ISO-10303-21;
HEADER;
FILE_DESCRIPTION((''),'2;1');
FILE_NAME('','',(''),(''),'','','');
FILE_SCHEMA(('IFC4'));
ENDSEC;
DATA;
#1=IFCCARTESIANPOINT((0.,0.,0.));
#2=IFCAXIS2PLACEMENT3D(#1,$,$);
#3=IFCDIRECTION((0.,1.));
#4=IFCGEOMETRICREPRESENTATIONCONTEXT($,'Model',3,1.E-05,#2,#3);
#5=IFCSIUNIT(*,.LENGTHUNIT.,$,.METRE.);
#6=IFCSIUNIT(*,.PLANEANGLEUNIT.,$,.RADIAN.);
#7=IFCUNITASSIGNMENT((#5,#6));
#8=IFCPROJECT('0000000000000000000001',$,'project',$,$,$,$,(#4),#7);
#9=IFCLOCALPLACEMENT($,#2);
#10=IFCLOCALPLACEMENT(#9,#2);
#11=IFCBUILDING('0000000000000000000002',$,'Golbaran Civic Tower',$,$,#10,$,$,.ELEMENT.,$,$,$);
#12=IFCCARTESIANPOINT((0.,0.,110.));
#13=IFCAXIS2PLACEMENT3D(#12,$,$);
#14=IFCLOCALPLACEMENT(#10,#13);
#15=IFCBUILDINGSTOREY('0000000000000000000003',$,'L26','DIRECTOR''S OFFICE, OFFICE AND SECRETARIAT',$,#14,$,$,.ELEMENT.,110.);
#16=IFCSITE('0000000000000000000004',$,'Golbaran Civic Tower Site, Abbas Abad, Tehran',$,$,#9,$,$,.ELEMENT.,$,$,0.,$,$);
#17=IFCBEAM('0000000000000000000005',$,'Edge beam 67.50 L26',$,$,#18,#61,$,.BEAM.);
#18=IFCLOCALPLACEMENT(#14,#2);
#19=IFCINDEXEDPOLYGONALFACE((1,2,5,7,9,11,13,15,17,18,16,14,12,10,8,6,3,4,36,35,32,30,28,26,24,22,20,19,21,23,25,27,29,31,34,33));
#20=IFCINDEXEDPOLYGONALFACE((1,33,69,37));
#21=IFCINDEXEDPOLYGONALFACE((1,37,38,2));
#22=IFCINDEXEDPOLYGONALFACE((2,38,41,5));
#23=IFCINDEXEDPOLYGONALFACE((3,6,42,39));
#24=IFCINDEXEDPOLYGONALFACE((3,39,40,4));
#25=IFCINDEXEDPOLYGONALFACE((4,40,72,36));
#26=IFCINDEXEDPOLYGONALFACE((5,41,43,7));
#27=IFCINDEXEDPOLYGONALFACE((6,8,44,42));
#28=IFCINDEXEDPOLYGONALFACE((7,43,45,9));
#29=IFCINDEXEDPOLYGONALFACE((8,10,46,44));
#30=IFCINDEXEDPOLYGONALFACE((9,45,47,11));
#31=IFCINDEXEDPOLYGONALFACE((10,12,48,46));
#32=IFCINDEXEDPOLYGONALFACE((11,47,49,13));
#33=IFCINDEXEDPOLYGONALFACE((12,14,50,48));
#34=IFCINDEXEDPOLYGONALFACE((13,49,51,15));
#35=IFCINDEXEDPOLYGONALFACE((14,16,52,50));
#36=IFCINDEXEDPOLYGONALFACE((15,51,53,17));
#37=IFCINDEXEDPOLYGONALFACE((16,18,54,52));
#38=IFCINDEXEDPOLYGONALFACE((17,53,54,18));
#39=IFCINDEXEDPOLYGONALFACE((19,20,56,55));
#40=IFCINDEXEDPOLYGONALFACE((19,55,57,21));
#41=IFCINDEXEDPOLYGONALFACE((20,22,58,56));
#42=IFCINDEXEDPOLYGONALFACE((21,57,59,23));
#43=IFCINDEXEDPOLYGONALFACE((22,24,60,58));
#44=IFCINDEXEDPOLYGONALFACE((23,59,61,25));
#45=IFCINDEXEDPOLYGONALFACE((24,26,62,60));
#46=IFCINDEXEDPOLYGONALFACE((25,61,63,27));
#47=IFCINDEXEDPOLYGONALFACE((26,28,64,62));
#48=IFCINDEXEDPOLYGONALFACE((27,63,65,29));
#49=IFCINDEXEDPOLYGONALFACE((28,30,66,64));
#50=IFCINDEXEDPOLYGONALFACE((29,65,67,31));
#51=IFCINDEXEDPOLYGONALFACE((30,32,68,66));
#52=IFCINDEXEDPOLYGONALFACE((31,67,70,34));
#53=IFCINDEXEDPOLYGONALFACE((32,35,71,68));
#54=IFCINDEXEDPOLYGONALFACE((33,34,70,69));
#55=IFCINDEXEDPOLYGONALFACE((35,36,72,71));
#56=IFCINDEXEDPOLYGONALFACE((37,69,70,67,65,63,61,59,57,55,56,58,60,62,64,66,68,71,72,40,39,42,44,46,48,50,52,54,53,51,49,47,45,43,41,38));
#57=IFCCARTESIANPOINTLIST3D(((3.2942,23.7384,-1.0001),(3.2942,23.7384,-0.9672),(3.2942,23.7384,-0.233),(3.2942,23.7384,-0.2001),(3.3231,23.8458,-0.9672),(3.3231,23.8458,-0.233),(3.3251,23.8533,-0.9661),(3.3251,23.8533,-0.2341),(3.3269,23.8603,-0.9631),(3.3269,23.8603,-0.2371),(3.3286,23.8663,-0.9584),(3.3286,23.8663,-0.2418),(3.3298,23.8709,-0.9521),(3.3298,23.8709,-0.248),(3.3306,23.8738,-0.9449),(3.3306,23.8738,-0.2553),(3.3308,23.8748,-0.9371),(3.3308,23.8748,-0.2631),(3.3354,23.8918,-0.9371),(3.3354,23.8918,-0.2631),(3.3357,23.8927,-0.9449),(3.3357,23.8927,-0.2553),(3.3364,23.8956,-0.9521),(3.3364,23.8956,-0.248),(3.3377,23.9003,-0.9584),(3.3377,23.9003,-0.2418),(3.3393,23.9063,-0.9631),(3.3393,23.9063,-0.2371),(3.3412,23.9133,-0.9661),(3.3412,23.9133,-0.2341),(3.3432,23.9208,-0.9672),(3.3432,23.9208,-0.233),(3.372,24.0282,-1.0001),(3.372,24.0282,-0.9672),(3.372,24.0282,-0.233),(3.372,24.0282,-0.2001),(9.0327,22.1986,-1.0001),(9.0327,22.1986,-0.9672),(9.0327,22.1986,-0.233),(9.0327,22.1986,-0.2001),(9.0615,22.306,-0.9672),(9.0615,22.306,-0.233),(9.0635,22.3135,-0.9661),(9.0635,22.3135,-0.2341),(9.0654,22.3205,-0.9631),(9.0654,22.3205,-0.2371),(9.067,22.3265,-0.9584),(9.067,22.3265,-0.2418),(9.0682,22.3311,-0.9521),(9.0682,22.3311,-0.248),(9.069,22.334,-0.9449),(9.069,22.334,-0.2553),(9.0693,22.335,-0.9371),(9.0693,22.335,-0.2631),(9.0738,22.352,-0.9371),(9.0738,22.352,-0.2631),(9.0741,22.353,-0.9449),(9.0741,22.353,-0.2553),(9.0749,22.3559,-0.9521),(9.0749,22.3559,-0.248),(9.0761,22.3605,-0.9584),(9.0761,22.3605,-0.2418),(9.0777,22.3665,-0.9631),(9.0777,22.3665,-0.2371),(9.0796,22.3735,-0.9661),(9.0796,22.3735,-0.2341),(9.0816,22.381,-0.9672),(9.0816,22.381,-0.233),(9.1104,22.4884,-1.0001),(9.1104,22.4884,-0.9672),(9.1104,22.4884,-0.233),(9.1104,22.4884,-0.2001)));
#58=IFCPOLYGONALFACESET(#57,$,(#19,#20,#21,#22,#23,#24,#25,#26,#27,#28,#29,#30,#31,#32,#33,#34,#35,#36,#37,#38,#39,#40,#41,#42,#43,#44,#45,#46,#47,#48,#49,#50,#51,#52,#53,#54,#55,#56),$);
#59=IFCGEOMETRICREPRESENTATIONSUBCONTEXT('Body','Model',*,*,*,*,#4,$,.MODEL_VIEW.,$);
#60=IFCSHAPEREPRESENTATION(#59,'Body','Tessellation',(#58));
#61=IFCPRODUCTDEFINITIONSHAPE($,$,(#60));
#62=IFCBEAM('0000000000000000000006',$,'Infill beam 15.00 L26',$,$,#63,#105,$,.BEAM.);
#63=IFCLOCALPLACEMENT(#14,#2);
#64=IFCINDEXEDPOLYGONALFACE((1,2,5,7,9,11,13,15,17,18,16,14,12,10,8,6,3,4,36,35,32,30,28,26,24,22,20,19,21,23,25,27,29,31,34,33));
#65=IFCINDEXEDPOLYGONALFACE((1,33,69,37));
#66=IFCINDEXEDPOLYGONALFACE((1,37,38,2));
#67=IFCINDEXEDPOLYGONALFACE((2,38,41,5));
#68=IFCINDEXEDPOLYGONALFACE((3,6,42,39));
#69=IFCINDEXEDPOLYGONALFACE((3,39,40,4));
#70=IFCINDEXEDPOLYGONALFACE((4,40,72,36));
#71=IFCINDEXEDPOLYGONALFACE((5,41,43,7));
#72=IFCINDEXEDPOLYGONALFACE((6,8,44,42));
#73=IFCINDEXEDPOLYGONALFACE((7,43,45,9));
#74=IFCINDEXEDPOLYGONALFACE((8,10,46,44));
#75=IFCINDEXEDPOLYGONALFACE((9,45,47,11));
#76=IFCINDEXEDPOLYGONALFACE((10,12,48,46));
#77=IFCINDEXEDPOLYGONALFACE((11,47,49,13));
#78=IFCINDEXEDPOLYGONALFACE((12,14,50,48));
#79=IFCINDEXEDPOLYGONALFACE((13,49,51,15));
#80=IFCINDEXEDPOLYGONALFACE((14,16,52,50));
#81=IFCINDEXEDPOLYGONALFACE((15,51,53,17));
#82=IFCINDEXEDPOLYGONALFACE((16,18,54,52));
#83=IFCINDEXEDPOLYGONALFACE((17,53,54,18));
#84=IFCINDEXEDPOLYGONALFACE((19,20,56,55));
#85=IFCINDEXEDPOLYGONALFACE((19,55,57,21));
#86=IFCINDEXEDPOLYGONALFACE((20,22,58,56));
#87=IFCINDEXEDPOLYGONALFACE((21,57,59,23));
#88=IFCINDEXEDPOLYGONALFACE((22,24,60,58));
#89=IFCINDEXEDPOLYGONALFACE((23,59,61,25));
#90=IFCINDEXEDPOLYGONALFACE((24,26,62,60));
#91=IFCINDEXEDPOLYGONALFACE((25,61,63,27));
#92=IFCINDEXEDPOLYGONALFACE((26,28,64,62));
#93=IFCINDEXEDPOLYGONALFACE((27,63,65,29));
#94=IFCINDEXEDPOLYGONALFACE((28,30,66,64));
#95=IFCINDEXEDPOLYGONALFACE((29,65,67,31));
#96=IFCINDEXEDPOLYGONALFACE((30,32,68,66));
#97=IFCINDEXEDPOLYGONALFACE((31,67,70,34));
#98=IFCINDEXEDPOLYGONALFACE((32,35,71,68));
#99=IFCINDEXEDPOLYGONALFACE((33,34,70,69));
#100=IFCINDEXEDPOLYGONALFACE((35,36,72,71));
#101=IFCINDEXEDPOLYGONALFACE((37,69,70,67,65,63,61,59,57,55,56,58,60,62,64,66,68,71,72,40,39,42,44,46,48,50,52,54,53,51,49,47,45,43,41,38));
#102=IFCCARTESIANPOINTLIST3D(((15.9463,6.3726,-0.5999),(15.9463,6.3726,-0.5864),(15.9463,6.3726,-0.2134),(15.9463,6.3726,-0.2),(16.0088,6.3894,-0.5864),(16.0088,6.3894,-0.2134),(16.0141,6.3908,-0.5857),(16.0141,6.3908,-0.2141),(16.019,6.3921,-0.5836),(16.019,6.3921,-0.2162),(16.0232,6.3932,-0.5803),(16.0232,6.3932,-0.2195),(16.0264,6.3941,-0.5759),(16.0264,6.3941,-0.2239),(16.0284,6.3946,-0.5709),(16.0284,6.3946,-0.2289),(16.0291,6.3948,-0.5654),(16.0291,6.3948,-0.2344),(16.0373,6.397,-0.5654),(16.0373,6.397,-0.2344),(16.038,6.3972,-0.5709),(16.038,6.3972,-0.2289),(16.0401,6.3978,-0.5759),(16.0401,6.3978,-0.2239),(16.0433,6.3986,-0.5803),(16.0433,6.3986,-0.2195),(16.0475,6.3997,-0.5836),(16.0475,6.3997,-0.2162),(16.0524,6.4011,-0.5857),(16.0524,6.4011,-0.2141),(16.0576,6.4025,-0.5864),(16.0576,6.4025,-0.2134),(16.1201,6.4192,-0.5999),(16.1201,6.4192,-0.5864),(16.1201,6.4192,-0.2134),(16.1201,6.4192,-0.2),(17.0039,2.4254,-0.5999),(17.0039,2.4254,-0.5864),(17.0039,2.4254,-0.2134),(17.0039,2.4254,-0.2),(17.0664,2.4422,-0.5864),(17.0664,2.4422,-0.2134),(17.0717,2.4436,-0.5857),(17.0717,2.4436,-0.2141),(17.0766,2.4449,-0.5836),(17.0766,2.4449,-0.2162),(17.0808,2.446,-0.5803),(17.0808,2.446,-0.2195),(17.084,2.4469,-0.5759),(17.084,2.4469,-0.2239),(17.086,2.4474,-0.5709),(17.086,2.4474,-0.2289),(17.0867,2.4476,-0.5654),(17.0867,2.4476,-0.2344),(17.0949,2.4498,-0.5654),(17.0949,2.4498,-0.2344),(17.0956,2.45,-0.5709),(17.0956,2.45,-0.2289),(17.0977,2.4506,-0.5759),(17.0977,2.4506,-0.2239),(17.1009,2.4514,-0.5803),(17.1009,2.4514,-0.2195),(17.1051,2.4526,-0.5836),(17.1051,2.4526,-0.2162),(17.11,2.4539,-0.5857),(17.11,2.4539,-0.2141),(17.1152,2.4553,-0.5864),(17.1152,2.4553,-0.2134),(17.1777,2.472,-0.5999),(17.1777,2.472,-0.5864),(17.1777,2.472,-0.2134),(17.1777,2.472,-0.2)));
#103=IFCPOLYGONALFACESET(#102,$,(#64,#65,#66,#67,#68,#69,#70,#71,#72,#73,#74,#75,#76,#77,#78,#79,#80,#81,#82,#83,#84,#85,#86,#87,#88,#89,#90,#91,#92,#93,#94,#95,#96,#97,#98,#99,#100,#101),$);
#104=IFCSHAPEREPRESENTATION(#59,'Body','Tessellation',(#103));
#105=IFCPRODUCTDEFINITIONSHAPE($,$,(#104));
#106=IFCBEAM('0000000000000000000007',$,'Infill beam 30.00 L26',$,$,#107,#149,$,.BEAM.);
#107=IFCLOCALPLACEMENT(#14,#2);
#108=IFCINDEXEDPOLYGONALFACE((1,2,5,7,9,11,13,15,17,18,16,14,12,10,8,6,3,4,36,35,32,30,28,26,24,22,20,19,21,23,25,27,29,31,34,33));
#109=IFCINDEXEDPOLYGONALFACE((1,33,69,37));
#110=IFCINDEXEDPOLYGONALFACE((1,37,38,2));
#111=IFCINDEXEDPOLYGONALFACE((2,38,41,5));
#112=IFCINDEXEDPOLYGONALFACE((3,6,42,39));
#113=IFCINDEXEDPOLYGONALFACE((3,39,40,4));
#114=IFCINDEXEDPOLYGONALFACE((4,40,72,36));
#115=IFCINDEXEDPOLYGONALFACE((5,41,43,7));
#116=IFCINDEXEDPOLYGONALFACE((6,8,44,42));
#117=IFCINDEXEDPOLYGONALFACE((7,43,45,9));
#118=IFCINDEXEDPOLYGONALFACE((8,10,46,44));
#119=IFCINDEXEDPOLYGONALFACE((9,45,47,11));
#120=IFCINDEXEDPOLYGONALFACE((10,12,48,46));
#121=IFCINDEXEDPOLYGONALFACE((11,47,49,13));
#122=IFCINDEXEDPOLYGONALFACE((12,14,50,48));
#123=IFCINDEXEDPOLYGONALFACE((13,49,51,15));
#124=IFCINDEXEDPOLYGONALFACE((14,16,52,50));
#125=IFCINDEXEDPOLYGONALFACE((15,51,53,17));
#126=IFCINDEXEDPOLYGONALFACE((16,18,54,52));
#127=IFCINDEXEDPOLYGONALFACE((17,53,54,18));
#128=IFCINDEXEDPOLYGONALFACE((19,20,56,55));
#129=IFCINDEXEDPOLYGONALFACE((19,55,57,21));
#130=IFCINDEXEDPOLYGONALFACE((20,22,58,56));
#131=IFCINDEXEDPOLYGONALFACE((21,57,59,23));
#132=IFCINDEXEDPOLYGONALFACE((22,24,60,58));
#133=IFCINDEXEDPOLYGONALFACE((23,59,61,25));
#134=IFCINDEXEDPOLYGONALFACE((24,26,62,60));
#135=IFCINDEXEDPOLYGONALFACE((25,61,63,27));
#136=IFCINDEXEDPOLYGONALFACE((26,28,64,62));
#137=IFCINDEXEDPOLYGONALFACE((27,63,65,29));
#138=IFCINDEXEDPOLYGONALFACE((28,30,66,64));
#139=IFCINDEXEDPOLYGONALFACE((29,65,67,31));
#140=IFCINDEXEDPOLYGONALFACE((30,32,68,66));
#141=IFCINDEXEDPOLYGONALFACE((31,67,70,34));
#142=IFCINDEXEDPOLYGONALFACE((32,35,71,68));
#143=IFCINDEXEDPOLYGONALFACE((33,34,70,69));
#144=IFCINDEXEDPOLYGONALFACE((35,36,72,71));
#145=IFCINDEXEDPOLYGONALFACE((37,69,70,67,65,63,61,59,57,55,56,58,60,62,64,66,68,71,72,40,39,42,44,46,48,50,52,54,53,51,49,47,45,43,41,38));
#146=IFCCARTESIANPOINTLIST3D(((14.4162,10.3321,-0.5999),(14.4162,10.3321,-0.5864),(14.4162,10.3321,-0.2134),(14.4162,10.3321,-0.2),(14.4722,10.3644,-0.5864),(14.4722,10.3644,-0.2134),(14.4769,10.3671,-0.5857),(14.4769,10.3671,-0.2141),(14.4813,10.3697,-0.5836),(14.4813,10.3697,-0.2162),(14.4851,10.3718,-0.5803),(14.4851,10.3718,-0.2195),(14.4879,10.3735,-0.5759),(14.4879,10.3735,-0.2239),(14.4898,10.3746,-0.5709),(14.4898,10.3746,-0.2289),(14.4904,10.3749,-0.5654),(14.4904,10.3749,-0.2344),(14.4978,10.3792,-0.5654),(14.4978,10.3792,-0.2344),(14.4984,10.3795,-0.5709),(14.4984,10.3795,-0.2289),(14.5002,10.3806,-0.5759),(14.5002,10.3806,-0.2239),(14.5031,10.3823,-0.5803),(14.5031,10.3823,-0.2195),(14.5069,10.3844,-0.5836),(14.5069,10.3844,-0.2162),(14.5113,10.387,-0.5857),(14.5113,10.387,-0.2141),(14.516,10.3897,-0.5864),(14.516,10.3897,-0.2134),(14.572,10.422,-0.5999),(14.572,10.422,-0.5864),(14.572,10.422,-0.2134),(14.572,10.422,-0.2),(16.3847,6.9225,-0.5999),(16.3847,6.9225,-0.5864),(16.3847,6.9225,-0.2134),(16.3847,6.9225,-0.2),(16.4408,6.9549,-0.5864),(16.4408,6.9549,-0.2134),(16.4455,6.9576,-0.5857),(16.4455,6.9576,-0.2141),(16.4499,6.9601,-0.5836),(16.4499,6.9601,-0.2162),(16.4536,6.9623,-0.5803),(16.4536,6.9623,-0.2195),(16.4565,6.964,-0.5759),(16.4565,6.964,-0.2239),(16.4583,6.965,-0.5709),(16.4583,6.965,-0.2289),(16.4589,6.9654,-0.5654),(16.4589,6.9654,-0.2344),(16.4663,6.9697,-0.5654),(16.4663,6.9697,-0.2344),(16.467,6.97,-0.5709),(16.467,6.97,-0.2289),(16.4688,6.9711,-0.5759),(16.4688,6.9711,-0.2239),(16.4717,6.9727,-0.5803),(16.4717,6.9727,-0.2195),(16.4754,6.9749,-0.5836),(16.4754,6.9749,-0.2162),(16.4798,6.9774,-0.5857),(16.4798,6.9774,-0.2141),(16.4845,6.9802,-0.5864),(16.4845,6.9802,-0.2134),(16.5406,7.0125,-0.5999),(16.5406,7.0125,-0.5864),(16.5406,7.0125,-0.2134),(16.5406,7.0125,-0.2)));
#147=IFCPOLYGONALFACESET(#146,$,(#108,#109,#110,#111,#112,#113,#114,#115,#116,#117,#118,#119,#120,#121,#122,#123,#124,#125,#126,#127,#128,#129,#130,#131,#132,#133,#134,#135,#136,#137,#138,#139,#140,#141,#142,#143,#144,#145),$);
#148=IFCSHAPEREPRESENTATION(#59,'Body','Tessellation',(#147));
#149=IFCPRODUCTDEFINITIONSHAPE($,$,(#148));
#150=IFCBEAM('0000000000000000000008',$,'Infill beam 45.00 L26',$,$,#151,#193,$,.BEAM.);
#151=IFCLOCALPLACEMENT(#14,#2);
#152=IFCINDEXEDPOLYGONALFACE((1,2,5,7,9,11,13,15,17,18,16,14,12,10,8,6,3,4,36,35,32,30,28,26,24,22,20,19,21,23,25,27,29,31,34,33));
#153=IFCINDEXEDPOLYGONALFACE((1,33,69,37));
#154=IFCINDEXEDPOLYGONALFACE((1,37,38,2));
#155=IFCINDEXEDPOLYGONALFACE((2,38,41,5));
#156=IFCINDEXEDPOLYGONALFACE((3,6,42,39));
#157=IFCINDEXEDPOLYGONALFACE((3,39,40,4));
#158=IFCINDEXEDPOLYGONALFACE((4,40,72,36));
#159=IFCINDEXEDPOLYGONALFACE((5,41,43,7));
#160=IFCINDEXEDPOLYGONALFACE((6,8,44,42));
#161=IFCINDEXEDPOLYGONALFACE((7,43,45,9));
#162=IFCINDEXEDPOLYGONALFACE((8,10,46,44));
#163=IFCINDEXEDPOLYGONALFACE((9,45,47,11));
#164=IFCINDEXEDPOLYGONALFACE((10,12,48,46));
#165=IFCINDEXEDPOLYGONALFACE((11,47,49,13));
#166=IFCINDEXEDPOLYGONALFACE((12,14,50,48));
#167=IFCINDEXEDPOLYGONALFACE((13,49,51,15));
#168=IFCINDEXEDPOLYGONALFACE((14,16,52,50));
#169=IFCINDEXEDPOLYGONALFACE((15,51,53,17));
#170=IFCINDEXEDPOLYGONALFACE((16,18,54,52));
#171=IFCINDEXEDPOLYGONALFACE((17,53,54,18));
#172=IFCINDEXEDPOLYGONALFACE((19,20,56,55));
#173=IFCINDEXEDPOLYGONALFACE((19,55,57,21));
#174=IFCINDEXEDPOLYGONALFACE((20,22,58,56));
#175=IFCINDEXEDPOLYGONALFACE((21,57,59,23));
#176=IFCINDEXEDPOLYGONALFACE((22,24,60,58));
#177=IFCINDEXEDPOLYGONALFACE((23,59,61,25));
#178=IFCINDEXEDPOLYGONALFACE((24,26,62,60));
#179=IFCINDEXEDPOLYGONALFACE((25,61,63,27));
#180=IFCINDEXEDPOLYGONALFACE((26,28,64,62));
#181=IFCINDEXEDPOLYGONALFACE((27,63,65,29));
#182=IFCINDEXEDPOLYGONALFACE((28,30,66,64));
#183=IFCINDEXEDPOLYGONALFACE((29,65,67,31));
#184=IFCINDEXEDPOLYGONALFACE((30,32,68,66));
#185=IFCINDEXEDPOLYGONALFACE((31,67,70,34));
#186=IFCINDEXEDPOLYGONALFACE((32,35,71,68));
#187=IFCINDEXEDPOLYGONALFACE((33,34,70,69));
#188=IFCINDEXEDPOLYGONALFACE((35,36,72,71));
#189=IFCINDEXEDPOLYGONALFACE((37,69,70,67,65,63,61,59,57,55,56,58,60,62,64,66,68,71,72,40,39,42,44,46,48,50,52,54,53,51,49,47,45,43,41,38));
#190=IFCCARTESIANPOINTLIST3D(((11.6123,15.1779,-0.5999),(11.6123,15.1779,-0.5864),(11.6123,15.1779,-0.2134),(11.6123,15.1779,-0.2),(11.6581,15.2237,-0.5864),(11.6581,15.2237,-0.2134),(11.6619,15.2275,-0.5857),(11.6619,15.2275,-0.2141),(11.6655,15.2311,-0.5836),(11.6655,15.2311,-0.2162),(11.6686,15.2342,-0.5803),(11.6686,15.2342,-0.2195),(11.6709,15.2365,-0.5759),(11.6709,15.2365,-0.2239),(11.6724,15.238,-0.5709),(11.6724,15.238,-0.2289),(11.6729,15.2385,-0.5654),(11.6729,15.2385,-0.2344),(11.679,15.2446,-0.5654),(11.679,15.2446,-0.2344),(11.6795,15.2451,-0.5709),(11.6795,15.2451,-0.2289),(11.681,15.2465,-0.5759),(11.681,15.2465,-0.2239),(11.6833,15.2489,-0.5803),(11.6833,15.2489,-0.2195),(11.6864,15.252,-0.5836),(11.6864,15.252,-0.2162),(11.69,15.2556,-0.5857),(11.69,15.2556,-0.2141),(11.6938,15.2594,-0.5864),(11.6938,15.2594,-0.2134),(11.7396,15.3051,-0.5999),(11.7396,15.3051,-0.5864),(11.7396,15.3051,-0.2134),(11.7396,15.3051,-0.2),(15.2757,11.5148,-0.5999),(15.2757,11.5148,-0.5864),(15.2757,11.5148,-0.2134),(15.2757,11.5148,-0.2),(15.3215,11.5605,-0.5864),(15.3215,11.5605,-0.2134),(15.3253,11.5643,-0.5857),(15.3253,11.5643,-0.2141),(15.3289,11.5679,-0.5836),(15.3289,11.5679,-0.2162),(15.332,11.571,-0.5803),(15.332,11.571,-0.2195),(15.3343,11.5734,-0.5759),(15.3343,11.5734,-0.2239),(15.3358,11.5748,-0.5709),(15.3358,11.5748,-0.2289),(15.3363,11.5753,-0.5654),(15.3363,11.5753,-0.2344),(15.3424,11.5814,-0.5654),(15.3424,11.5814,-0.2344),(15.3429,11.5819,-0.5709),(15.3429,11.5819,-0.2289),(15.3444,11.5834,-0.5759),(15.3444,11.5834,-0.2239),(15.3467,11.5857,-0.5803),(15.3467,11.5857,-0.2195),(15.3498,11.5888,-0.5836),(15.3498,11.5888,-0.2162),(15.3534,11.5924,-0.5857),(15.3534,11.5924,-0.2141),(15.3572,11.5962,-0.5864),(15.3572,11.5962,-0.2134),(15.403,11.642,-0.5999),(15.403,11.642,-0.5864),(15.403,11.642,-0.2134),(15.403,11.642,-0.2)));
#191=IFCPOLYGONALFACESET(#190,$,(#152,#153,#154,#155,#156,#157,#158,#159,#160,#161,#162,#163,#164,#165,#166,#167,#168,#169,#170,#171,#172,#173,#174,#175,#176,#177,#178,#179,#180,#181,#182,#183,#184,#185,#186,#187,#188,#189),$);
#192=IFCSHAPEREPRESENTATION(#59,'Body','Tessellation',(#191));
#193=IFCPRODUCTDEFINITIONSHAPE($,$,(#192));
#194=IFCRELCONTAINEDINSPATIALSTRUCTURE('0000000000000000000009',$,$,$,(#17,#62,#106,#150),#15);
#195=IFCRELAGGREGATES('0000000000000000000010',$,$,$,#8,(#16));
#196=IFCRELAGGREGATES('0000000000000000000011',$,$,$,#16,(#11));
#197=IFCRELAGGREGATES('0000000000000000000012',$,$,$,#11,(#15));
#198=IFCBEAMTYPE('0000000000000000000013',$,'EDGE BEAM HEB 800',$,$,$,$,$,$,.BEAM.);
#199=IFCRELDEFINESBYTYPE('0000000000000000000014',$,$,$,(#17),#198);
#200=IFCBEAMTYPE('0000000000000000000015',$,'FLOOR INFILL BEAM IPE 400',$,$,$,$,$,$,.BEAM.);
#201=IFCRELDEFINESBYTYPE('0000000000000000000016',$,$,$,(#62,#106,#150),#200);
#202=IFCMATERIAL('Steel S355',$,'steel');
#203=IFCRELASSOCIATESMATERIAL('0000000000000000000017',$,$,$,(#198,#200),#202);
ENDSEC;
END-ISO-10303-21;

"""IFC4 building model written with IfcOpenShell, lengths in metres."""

from ifc_helpers import new_model, si_unit, direction, frame, origin, origin_2d, place, context, subcontext, project, spatial, i_section, extrude, material, material_profile, profile_set, type_object, element, save


model = new_model("IFC4")

# Units and contexts
model_context = context("Model", 3, precision=1e-05, world=origin(), true_north=direction((0.0, 1.0)))
body_context = subcontext(model_context, "Body", "Model", "MODEL_VIEW")
ifc_project = project(units=[si_unit("LENGTHUNIT", "METRE"), si_unit("PLANEANGLEUNIT", "RADIAN")], contexts=[model_context])

# Site, building, storey
site_placement = place(None, origin())
site = spatial("IfcSite", under=ifc_project, at=site_placement, Name="Golbaran Civic Tower Site, Abbas Abad, Tehran", CompositionType="ELEMENT", RefElevation=0.0)
building_placement = place(site_placement, origin())
building = spatial("IfcBuilding", under=site, at=building_placement, Name="Golbaran Civic Tower", CompositionType="ELEMENT")
storey_placement = place(building_placement, frame((0.0, 0.0, 110.0)))
storey = spatial("IfcBuildingStorey", under=building, at=storey_placement, Name="L26", Description="DIRECTOR'S OFFICE, OFFICE AND SECRETARIAT", CompositionType="ELEMENT", Elevation=110.0)

# Beams
ifc_material_1 = material(Name="Steel S355", Category="steel")
ifc_material_profile_1 = material_profile(ifc_material_1, i_section(OverallWidth=0.3, OverallDepth=0.8, WebThickness=0.0176, FlangeThickness=0.033, FilletRadius=0.03, at=origin_2d()), Name="HEB 800")
ifc_profile_set_1 = profile_set([ifc_material_profile_1], Name="Steel S355")
beam_type_1 = type_object("IfcBeamType", Name="EDGE BEAM HEB 800", PredefinedType="BEAM", material=ifc_profile_set_1)
beam_1_placement = place(storey_placement, frame((9.0715, 22.3435, -0.6001), z_axis=(-0.965835, 0.259158, 0.0), x_axis=(-0.259158, -0.965835, 0.0)))
element("IfcBeam", 1, at=beam_1_placement, inside=storey, type_object=beam_type_1, Name="Edge beam 67.50 L26", PredefinedType="BEAM", context=body_context, shape_type="SweptSolid", body=[
    extrude(i_section(OverallWidth=0.3, OverallDepth=0.8, WebThickness=0.0176, FlangeThickness=0.033, FilletRadius=0.03, at=origin_2d()), origin(), (0.0, 0.0, 1.0), 5.9414),
])
ifc_material_profile_2 = material_profile(ifc_material_1, i_section(OverallWidth=0.1799, OverallDepth=0.3999, WebThickness=0.0085, FlangeThickness=0.0134, FilletRadius=0.021, at=origin_2d()), Name="IPE 400")
ifc_profile_set_2 = profile_set([ifc_material_profile_2], Name="Steel S355")
beam_type_2 = type_object("IfcBeamType", Name="FLOOR INFILL BEAM IPE 400", PredefinedType="BEAM", material=ifc_profile_set_2)
beam_2_placement = place(storey_placement, frame((17.0908, 2.4487, -0.3999), z_axis=(-0.258808, 0.965929, 0.0), x_axis=(-0.965929, -0.258808, 0.0)))
element("IfcBeam", 2, at=beam_2_placement, inside=storey, type_object=beam_type_2, Name="Infill beam 15.00 L26", PredefinedType="BEAM", context=body_context, shape_type="SweptSolid", body=[
    extrude(i_section(OverallWidth=0.1799, OverallDepth=0.3999, WebThickness=0.0085, FlangeThickness=0.0134, FilletRadius=0.021, at=origin_2d()), origin(), (0.0, 0.0, 1.0), 4.0864),
])
beam_3_placement = place(storey_placement, frame((16.4626, 6.9675, -0.3999), z_axis=(-0.500014, 0.866017, 0.0), x_axis=(-0.866017, -0.500014, 0.0)))
element("IfcBeam", 3, at=beam_3_placement, inside=storey, type_object=beam_type_2, Name="Infill beam 30.00 L26", PredefinedType="BEAM", context=body_context, shape_type="SweptSolid", body=[
    extrude(i_section(OverallWidth=0.1799, OverallDepth=0.3999, WebThickness=0.0085, FlangeThickness=0.0134, FilletRadius=0.021, at=origin_2d()), origin(), (0.0, 0.0, 1.0), 3.937),
])
beam_4_placement = place(storey_placement, frame((15.3394, 11.5784, -0.3999), z_axis=(-0.70713, 0.707083, 0.0), x_axis=(-0.707083, -0.70713, 0.0)))
element("IfcBeam", 4, at=beam_4_placement, inside=storey, type_object=beam_type_2, Name="Infill beam 45.00 L26", PredefinedType="BEAM", context=body_context, shape_type="SweptSolid", body=[
    extrude(i_section(OverallWidth=0.1799, OverallDepth=0.3999, WebThickness=0.0085, FlangeThickness=0.0134, FilletRadius=0.021, at=origin_2d()), origin(), (0.0, 0.0, 1.0), 5.1807),
])

save(model, "model.ifc")
